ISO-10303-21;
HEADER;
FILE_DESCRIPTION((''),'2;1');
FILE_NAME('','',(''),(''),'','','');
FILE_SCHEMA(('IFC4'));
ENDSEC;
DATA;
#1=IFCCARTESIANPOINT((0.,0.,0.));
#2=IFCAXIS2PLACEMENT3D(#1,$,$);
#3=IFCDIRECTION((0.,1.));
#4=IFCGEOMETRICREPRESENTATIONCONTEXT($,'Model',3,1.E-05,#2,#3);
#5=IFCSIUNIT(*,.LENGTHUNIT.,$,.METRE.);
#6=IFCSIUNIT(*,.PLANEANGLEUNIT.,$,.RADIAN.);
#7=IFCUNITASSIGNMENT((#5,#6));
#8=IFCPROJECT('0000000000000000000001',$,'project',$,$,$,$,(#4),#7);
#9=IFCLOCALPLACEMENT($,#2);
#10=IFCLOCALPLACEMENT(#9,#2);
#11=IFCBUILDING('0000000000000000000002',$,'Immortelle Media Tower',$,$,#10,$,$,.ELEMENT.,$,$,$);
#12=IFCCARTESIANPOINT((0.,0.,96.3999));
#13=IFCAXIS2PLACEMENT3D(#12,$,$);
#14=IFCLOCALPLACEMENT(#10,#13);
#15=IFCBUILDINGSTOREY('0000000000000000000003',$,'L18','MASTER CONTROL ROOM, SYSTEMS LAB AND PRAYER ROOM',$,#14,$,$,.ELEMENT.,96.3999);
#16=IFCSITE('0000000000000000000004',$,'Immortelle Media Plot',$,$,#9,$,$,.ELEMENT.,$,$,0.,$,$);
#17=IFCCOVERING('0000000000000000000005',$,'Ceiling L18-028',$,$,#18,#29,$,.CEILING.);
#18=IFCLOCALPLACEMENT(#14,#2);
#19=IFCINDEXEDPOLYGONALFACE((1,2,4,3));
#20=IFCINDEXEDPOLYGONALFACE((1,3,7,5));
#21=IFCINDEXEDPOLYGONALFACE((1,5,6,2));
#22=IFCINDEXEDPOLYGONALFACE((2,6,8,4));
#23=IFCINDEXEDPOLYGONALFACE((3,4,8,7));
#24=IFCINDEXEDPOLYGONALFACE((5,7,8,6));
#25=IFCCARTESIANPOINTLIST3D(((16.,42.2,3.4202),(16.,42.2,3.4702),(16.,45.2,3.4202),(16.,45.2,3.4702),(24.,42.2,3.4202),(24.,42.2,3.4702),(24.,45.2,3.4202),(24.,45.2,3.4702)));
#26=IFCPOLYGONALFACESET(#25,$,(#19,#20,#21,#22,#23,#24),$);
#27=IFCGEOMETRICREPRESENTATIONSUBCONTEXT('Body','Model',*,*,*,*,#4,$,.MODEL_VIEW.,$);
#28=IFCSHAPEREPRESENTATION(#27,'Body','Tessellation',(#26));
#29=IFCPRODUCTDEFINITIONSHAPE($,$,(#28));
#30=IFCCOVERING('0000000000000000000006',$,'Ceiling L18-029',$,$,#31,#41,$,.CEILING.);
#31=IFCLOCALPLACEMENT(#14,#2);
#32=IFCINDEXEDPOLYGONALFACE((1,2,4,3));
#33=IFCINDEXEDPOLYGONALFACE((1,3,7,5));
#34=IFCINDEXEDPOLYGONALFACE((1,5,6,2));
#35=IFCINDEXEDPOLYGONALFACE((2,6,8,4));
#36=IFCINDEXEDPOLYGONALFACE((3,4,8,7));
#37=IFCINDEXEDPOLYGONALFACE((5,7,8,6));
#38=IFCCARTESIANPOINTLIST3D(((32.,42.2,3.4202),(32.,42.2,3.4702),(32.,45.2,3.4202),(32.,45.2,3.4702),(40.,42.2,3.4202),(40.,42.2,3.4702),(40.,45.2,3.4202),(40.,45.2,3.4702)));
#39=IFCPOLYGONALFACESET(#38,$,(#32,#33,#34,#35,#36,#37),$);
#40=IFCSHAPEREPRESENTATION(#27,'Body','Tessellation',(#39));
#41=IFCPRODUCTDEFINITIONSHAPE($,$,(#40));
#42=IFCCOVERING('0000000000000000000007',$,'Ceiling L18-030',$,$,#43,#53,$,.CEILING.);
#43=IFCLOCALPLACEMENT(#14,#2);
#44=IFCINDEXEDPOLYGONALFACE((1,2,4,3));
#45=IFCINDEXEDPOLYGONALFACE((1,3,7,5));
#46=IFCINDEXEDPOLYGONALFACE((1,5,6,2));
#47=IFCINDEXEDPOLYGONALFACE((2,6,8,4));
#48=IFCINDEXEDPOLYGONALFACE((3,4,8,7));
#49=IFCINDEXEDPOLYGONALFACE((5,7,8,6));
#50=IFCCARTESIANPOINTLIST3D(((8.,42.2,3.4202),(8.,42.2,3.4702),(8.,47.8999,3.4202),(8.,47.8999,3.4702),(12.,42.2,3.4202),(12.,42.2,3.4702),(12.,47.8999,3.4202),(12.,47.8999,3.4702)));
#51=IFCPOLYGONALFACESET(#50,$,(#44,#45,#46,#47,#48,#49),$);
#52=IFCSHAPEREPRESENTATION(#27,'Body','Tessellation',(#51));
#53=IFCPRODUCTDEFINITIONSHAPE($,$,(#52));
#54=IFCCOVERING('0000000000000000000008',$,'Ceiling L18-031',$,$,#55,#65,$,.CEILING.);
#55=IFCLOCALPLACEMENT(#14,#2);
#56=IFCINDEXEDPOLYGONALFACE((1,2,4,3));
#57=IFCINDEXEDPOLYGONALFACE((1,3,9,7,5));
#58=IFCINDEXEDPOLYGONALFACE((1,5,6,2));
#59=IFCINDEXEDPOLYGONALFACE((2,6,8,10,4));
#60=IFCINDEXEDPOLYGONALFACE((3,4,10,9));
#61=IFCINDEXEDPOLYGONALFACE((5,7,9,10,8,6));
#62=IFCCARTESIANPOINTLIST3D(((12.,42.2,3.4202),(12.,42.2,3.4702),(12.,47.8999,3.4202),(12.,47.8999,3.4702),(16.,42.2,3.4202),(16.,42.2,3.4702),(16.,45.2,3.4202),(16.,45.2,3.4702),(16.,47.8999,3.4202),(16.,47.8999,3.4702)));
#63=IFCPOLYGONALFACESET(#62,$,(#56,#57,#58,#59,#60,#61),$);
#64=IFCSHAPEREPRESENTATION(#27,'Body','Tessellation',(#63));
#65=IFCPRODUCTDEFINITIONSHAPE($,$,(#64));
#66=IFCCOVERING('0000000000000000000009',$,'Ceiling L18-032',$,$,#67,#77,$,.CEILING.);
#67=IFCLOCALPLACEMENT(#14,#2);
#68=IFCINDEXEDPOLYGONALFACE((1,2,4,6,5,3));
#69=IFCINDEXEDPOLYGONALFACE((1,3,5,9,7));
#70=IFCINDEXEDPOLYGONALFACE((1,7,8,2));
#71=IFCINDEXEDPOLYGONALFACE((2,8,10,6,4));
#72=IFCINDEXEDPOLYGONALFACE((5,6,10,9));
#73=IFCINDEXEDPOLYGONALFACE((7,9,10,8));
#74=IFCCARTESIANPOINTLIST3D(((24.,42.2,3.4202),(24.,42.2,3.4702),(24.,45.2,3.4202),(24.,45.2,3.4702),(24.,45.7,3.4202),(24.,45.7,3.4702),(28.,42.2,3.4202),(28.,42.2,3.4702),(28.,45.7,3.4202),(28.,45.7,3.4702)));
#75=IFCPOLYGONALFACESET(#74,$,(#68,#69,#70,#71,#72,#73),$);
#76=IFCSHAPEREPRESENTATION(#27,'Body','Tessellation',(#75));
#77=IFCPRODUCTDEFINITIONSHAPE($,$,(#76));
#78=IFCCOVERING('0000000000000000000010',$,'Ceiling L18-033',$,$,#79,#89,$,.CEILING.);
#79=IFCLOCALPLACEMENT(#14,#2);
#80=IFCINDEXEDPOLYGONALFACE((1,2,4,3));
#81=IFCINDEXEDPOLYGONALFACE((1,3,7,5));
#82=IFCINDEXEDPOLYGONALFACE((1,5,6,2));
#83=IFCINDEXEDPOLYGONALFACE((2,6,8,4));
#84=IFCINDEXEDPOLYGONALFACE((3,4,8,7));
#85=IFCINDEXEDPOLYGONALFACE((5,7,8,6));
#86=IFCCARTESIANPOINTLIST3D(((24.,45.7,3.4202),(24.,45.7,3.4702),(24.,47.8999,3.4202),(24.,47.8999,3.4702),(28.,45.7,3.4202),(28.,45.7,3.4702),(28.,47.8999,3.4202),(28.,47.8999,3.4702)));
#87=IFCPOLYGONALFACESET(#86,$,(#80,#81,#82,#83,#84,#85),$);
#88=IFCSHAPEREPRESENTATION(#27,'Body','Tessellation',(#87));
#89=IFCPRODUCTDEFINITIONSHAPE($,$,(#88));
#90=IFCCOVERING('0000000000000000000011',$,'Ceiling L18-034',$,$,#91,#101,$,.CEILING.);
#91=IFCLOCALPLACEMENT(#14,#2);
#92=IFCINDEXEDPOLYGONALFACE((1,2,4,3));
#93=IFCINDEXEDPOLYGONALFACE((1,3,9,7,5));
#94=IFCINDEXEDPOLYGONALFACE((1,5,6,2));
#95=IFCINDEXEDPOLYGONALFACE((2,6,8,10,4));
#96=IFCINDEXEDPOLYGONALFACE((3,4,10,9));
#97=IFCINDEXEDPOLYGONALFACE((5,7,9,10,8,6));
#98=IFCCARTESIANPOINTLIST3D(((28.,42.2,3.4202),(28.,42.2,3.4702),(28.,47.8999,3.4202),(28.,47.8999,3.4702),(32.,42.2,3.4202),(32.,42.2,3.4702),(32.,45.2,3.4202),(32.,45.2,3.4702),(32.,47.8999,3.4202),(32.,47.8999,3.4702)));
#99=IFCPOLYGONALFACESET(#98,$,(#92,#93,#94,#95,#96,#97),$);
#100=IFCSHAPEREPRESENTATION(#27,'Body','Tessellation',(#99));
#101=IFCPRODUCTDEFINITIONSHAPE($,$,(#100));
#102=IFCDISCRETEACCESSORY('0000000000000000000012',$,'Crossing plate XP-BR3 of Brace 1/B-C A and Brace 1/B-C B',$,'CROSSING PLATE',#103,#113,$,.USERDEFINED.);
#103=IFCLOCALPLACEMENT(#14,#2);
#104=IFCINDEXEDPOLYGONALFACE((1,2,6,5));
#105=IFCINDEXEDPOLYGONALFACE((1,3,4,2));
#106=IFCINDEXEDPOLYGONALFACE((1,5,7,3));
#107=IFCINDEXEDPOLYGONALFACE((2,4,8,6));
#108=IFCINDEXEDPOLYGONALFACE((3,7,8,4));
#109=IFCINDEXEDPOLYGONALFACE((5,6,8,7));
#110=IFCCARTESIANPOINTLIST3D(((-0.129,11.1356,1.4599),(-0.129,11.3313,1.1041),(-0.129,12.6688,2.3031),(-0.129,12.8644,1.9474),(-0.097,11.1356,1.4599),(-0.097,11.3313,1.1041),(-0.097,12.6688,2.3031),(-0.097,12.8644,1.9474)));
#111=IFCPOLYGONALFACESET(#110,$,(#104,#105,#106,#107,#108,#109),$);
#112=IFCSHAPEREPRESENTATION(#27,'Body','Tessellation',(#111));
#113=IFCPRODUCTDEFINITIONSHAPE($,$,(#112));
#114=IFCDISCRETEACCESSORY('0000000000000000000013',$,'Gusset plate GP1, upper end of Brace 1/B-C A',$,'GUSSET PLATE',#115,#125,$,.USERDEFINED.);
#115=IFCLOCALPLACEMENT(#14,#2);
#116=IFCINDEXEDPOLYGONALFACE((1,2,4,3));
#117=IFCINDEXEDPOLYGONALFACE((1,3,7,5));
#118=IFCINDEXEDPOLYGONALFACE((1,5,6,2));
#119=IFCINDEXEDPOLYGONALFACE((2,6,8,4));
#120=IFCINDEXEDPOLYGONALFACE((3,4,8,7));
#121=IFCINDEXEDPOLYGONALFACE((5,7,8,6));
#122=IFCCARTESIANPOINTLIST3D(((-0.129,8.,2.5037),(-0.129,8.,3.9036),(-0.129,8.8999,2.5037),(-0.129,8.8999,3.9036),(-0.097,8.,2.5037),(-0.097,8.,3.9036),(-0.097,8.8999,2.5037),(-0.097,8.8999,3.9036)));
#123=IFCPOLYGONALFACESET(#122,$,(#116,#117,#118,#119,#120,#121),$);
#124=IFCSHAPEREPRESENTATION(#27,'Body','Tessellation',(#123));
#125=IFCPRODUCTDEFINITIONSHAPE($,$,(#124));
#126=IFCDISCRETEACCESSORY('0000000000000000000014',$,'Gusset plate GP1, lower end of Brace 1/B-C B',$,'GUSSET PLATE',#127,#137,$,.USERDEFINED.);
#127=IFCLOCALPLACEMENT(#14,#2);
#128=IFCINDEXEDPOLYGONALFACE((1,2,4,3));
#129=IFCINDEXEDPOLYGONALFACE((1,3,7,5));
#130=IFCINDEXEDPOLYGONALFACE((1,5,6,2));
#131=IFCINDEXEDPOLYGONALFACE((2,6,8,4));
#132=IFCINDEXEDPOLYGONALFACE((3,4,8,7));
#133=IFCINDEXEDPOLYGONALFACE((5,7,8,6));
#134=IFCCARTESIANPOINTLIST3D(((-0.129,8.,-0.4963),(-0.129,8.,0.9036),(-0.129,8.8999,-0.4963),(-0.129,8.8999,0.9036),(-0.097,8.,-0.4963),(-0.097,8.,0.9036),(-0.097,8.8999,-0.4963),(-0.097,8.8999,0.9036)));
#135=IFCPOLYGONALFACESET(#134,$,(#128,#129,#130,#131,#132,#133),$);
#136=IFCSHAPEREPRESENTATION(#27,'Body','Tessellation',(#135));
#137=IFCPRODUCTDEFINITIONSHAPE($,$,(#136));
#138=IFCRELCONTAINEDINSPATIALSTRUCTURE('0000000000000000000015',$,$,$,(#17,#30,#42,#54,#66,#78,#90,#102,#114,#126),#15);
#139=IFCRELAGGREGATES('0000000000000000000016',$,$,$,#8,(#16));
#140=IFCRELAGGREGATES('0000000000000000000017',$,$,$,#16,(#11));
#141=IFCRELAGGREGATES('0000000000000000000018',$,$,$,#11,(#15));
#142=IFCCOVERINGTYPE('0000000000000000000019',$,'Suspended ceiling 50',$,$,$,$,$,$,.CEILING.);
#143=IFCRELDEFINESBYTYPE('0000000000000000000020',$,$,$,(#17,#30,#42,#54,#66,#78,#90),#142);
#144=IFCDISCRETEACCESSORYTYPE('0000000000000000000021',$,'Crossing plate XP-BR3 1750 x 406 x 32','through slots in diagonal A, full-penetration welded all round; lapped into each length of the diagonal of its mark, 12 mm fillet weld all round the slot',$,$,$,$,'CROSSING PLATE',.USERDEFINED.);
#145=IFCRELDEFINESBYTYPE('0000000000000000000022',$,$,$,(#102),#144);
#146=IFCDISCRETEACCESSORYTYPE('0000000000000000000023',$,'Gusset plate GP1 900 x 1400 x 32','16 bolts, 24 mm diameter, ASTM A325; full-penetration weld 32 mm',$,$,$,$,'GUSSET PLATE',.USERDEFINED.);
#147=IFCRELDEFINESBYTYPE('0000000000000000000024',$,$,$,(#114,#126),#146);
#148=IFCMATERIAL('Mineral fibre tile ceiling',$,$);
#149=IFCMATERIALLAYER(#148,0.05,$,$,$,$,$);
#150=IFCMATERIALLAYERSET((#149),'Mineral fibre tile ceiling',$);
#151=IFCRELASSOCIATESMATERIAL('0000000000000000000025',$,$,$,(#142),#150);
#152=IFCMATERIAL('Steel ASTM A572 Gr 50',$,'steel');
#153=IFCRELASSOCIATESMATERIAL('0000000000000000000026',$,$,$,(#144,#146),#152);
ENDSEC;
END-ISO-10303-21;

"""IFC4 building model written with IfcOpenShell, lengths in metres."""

from ifc_helpers import new_model, si_unit, direction, frame, origin, origin_2d, place, context, subcontext, project, spatial, polyline, rectangle, outline, extrude, material, layer, layer_set, material_profile, profile_set, type_object, element, save


model = new_model("IFC4")

# Units and contexts
model_context = context("Model", 3, precision=1e-05, world=origin(), true_north=direction((0.0, 1.0)))
body_context = subcontext(model_context, "Body", "Model", "MODEL_VIEW")
ifc_project = project(units=[si_unit("LENGTHUNIT", "METRE"), si_unit("PLANEANGLEUNIT", "RADIAN")], contexts=[model_context])

# Site, building, storey
site_placement = place(None, origin())
site = spatial("IfcSite", under=ifc_project, at=site_placement, Name="Immortelle Media Plot", CompositionType="ELEMENT", RefElevation=0.0)
building_placement = place(site_placement, origin())
building = spatial("IfcBuilding", under=site, at=building_placement, Name="Immortelle Media Tower", CompositionType="ELEMENT")
storey_placement = place(building_placement, frame((0.0, 0.0, 96.3999)))
storey = spatial("IfcBuildingStorey", under=building, at=storey_placement, Name="L18", Description="MASTER CONTROL ROOM, SYSTEMS LAB AND PRAYER ROOM", CompositionType="ELEMENT", Elevation=96.3999)

# Coverings
ifc_material_1 = material(Name="Mineral fibre tile ceiling")
ifc_layer_1 = layer(ifc_material_1, 0.05)
ifc_layer_set_1 = layer_set([ifc_layer_1], Name="Mineral fibre tile ceiling")
covering_type = type_object("IfcCoveringType", Name="Suspended ceiling 50", PredefinedType="CEILING", material=ifc_layer_set_1)
covering_1_placement = place(storey_placement, frame((0.0, 0.0, 3.4202)))
element("IfcCovering", 1, at=covering_1_placement, inside=storey, type_object=covering_type, Name="Ceiling L18-028", PredefinedType="CEILING", context=body_context, shape_type="SweptSolid", body=[
    extrude(outline(polyline([(16.0, 42.2), (16.0, 45.2), (24.0, 45.2), (24.0, 42.2), (16.0, 42.2)])), origin(), (0.0, 0.0, 1.0), 0.05),
])
covering_2_placement = place(storey_placement, frame((0.0, 0.0, 3.4202)))
element("IfcCovering", 2, at=covering_2_placement, inside=storey, type_object=covering_type, Name="Ceiling L18-029", PredefinedType="CEILING", context=body_context, shape_type="SweptSolid", body=[
    extrude(outline(polyline([(32.0, 42.2), (32.0, 45.2), (40.0, 45.2), (40.0, 42.2), (32.0, 42.2)])), origin(), (0.0, 0.0, 1.0), 0.05),
])
covering_3_placement = place(storey_placement, frame((0.0, 0.0, 3.4202)))
element("IfcCovering", 3, at=covering_3_placement, inside=storey, type_object=covering_type, Name="Ceiling L18-030", PredefinedType="CEILING", context=body_context, shape_type="SweptSolid", body=[
    extrude(outline(polyline([(8.0, 47.8999), (12.0, 47.8999), (12.0, 42.2), (8.0, 42.2), (8.0, 47.8999)])), origin(), (0.0, 0.0, 1.0), 0.05),
])
covering_4_placement = place(storey_placement, frame((0.0, 0.0, 3.4202)))
element("IfcCovering", 4, at=covering_4_placement, inside=storey, type_object=covering_type, Name="Ceiling L18-031", PredefinedType="CEILING", context=body_context, shape_type="SweptSolid", body=[
    extrude(outline(polyline([(16.0, 47.8999), (16.0, 45.2), (16.0, 42.2), (12.0, 42.2), (12.0, 47.8999), (16.0, 47.8999)])), origin(), (0.0, 0.0, 1.0), 0.05),
])
covering_5_placement = place(storey_placement, frame((0.0, 0.0, 3.4202)))
element("IfcCovering", 5, at=covering_5_placement, inside=storey, type_object=covering_type, Name="Ceiling L18-032", PredefinedType="CEILING", context=body_context, shape_type="SweptSolid", body=[
    extrude(outline(polyline([(24.0, 45.7), (28.0, 45.7), (28.0, 42.2), (24.0, 42.2), (24.0, 45.2), (24.0, 45.7)])), origin(), (0.0, 0.0, 1.0), 0.05),
])
covering_6_placement = place(storey_placement, frame((0.0, 0.0, 3.4202)))
element("IfcCovering", 6, at=covering_6_placement, inside=storey, type_object=covering_type, Name="Ceiling L18-033", PredefinedType="CEILING", context=body_context, shape_type="SweptSolid", body=[
    extrude(outline(polyline([(24.0, 47.8999), (28.0, 47.8999), (28.0, 45.7), (24.0, 45.7), (24.0, 47.8999)])), origin(), (0.0, 0.0, 1.0), 0.05),
])
covering_7_placement = place(storey_placement, frame((0.0, 0.0, 3.4202)))
element("IfcCovering", 7, at=covering_7_placement, inside=storey, type_object=covering_type, Name="Ceiling L18-034", PredefinedType="CEILING", context=body_context, shape_type="SweptSolid", body=[
    extrude(outline(polyline([(32.0, 47.8999), (32.0, 45.2), (32.0, 42.2), (28.0, 42.2), (28.0, 47.8999), (32.0, 47.8999)])), origin(), (0.0, 0.0, 1.0), 0.05),
])

# Discrete accessories
ifc_material_2 = material(Name="Steel ASTM A572 Gr 50", Category="steel")
ifc_material_profile_1 = material_profile(ifc_material_2, rectangle(XDim=0.032, YDim=0.406, at=origin_2d()), Name="PL 32 x 406")
ifc_profile_set_1 = profile_set([ifc_material_profile_1], Name="Steel ASTM A572 Gr 50")
discrete_accessory_type_1 = type_object("IfcDiscreteAccessoryType", Name="Crossing plate XP-BR3 1750 x 406 x 32", Description="through slots in diagonal A, full-penetration welded all round; lapped into each length of the diagonal of its mark, 12 mm fillet weld all round the slot", ElementType="CROSSING PLATE", PredefinedType="USERDEFINED", material=ifc_profile_set_1)
discrete_accessory_placement = place(storey_placement, frame((-0.113, 12.7666, 2.1252), z_axis=(0.0, -0.876216, -0.481919), x_axis=(1.0, 0.0, 0.0)))
element("IfcDiscreteAccessory", 8, at=discrete_accessory_placement, inside=storey, type_object=discrete_accessory_type_1, Name="Crossing plate XP-BR3 of Brace 1/B-C A and Brace 1/B-C B", ObjectType="CROSSING PLATE", PredefinedType="USERDEFINED", context=body_context, shape_type="SweptSolid", body=[
    extrude(rectangle(XDim=0.032, YDim=0.406, at=origin_2d()), origin(), (0.0, 0.0, 1.0), 1.7498),
])
ifc_material_profile_2 = material_profile(ifc_material_2, rectangle(XDim=0.032, YDim=1.3999, at=origin_2d()), Name="PL 32 x 1400")
ifc_profile_set_2 = profile_set([ifc_material_profile_2], Name="Steel ASTM A572 Gr 50")
discrete_accessory_type_2 = type_object("IfcDiscreteAccessoryType", Name="Gusset plate GP1 900 x 1400 x 32", Description="16 bolts, 24 mm diameter, ASTM A325; full-penetration weld 32 mm", ElementType="GUSSET PLATE", PredefinedType="USERDEFINED", material=ifc_profile_set_2)
for number, where, z_axis, x_axis, name in (
    (9, (-0.113, 8.0, 3.2036), (0.0, 1.0, 0.0), (-1.0, 0.0, 0.0), "Gusset plate GP1, upper end of Brace 1/B-C A"),
    (10, (-0.113, 8.0, 0.2036), (0.0, 1.0, 0.0), (-1.0, 0.0, 0.0), "Gusset plate GP1, lower end of Brace 1/B-C B"),
):
    element("IfcDiscreteAccessory", number, at=place(storey_placement, frame(where, z_axis=z_axis, x_axis=x_axis)), inside=storey, type_object=discrete_accessory_type_2, Name=name, ObjectType="GUSSET PLATE", PredefinedType="USERDEFINED", context=body_context, shape_type="SweptSolid", body=[
        extrude(rectangle(XDim=0.032, YDim=1.3999, at=origin_2d()), origin(), (0.0, 0.0, 1.0), 0.8999),
    ])

save(model, "model.ifc")
